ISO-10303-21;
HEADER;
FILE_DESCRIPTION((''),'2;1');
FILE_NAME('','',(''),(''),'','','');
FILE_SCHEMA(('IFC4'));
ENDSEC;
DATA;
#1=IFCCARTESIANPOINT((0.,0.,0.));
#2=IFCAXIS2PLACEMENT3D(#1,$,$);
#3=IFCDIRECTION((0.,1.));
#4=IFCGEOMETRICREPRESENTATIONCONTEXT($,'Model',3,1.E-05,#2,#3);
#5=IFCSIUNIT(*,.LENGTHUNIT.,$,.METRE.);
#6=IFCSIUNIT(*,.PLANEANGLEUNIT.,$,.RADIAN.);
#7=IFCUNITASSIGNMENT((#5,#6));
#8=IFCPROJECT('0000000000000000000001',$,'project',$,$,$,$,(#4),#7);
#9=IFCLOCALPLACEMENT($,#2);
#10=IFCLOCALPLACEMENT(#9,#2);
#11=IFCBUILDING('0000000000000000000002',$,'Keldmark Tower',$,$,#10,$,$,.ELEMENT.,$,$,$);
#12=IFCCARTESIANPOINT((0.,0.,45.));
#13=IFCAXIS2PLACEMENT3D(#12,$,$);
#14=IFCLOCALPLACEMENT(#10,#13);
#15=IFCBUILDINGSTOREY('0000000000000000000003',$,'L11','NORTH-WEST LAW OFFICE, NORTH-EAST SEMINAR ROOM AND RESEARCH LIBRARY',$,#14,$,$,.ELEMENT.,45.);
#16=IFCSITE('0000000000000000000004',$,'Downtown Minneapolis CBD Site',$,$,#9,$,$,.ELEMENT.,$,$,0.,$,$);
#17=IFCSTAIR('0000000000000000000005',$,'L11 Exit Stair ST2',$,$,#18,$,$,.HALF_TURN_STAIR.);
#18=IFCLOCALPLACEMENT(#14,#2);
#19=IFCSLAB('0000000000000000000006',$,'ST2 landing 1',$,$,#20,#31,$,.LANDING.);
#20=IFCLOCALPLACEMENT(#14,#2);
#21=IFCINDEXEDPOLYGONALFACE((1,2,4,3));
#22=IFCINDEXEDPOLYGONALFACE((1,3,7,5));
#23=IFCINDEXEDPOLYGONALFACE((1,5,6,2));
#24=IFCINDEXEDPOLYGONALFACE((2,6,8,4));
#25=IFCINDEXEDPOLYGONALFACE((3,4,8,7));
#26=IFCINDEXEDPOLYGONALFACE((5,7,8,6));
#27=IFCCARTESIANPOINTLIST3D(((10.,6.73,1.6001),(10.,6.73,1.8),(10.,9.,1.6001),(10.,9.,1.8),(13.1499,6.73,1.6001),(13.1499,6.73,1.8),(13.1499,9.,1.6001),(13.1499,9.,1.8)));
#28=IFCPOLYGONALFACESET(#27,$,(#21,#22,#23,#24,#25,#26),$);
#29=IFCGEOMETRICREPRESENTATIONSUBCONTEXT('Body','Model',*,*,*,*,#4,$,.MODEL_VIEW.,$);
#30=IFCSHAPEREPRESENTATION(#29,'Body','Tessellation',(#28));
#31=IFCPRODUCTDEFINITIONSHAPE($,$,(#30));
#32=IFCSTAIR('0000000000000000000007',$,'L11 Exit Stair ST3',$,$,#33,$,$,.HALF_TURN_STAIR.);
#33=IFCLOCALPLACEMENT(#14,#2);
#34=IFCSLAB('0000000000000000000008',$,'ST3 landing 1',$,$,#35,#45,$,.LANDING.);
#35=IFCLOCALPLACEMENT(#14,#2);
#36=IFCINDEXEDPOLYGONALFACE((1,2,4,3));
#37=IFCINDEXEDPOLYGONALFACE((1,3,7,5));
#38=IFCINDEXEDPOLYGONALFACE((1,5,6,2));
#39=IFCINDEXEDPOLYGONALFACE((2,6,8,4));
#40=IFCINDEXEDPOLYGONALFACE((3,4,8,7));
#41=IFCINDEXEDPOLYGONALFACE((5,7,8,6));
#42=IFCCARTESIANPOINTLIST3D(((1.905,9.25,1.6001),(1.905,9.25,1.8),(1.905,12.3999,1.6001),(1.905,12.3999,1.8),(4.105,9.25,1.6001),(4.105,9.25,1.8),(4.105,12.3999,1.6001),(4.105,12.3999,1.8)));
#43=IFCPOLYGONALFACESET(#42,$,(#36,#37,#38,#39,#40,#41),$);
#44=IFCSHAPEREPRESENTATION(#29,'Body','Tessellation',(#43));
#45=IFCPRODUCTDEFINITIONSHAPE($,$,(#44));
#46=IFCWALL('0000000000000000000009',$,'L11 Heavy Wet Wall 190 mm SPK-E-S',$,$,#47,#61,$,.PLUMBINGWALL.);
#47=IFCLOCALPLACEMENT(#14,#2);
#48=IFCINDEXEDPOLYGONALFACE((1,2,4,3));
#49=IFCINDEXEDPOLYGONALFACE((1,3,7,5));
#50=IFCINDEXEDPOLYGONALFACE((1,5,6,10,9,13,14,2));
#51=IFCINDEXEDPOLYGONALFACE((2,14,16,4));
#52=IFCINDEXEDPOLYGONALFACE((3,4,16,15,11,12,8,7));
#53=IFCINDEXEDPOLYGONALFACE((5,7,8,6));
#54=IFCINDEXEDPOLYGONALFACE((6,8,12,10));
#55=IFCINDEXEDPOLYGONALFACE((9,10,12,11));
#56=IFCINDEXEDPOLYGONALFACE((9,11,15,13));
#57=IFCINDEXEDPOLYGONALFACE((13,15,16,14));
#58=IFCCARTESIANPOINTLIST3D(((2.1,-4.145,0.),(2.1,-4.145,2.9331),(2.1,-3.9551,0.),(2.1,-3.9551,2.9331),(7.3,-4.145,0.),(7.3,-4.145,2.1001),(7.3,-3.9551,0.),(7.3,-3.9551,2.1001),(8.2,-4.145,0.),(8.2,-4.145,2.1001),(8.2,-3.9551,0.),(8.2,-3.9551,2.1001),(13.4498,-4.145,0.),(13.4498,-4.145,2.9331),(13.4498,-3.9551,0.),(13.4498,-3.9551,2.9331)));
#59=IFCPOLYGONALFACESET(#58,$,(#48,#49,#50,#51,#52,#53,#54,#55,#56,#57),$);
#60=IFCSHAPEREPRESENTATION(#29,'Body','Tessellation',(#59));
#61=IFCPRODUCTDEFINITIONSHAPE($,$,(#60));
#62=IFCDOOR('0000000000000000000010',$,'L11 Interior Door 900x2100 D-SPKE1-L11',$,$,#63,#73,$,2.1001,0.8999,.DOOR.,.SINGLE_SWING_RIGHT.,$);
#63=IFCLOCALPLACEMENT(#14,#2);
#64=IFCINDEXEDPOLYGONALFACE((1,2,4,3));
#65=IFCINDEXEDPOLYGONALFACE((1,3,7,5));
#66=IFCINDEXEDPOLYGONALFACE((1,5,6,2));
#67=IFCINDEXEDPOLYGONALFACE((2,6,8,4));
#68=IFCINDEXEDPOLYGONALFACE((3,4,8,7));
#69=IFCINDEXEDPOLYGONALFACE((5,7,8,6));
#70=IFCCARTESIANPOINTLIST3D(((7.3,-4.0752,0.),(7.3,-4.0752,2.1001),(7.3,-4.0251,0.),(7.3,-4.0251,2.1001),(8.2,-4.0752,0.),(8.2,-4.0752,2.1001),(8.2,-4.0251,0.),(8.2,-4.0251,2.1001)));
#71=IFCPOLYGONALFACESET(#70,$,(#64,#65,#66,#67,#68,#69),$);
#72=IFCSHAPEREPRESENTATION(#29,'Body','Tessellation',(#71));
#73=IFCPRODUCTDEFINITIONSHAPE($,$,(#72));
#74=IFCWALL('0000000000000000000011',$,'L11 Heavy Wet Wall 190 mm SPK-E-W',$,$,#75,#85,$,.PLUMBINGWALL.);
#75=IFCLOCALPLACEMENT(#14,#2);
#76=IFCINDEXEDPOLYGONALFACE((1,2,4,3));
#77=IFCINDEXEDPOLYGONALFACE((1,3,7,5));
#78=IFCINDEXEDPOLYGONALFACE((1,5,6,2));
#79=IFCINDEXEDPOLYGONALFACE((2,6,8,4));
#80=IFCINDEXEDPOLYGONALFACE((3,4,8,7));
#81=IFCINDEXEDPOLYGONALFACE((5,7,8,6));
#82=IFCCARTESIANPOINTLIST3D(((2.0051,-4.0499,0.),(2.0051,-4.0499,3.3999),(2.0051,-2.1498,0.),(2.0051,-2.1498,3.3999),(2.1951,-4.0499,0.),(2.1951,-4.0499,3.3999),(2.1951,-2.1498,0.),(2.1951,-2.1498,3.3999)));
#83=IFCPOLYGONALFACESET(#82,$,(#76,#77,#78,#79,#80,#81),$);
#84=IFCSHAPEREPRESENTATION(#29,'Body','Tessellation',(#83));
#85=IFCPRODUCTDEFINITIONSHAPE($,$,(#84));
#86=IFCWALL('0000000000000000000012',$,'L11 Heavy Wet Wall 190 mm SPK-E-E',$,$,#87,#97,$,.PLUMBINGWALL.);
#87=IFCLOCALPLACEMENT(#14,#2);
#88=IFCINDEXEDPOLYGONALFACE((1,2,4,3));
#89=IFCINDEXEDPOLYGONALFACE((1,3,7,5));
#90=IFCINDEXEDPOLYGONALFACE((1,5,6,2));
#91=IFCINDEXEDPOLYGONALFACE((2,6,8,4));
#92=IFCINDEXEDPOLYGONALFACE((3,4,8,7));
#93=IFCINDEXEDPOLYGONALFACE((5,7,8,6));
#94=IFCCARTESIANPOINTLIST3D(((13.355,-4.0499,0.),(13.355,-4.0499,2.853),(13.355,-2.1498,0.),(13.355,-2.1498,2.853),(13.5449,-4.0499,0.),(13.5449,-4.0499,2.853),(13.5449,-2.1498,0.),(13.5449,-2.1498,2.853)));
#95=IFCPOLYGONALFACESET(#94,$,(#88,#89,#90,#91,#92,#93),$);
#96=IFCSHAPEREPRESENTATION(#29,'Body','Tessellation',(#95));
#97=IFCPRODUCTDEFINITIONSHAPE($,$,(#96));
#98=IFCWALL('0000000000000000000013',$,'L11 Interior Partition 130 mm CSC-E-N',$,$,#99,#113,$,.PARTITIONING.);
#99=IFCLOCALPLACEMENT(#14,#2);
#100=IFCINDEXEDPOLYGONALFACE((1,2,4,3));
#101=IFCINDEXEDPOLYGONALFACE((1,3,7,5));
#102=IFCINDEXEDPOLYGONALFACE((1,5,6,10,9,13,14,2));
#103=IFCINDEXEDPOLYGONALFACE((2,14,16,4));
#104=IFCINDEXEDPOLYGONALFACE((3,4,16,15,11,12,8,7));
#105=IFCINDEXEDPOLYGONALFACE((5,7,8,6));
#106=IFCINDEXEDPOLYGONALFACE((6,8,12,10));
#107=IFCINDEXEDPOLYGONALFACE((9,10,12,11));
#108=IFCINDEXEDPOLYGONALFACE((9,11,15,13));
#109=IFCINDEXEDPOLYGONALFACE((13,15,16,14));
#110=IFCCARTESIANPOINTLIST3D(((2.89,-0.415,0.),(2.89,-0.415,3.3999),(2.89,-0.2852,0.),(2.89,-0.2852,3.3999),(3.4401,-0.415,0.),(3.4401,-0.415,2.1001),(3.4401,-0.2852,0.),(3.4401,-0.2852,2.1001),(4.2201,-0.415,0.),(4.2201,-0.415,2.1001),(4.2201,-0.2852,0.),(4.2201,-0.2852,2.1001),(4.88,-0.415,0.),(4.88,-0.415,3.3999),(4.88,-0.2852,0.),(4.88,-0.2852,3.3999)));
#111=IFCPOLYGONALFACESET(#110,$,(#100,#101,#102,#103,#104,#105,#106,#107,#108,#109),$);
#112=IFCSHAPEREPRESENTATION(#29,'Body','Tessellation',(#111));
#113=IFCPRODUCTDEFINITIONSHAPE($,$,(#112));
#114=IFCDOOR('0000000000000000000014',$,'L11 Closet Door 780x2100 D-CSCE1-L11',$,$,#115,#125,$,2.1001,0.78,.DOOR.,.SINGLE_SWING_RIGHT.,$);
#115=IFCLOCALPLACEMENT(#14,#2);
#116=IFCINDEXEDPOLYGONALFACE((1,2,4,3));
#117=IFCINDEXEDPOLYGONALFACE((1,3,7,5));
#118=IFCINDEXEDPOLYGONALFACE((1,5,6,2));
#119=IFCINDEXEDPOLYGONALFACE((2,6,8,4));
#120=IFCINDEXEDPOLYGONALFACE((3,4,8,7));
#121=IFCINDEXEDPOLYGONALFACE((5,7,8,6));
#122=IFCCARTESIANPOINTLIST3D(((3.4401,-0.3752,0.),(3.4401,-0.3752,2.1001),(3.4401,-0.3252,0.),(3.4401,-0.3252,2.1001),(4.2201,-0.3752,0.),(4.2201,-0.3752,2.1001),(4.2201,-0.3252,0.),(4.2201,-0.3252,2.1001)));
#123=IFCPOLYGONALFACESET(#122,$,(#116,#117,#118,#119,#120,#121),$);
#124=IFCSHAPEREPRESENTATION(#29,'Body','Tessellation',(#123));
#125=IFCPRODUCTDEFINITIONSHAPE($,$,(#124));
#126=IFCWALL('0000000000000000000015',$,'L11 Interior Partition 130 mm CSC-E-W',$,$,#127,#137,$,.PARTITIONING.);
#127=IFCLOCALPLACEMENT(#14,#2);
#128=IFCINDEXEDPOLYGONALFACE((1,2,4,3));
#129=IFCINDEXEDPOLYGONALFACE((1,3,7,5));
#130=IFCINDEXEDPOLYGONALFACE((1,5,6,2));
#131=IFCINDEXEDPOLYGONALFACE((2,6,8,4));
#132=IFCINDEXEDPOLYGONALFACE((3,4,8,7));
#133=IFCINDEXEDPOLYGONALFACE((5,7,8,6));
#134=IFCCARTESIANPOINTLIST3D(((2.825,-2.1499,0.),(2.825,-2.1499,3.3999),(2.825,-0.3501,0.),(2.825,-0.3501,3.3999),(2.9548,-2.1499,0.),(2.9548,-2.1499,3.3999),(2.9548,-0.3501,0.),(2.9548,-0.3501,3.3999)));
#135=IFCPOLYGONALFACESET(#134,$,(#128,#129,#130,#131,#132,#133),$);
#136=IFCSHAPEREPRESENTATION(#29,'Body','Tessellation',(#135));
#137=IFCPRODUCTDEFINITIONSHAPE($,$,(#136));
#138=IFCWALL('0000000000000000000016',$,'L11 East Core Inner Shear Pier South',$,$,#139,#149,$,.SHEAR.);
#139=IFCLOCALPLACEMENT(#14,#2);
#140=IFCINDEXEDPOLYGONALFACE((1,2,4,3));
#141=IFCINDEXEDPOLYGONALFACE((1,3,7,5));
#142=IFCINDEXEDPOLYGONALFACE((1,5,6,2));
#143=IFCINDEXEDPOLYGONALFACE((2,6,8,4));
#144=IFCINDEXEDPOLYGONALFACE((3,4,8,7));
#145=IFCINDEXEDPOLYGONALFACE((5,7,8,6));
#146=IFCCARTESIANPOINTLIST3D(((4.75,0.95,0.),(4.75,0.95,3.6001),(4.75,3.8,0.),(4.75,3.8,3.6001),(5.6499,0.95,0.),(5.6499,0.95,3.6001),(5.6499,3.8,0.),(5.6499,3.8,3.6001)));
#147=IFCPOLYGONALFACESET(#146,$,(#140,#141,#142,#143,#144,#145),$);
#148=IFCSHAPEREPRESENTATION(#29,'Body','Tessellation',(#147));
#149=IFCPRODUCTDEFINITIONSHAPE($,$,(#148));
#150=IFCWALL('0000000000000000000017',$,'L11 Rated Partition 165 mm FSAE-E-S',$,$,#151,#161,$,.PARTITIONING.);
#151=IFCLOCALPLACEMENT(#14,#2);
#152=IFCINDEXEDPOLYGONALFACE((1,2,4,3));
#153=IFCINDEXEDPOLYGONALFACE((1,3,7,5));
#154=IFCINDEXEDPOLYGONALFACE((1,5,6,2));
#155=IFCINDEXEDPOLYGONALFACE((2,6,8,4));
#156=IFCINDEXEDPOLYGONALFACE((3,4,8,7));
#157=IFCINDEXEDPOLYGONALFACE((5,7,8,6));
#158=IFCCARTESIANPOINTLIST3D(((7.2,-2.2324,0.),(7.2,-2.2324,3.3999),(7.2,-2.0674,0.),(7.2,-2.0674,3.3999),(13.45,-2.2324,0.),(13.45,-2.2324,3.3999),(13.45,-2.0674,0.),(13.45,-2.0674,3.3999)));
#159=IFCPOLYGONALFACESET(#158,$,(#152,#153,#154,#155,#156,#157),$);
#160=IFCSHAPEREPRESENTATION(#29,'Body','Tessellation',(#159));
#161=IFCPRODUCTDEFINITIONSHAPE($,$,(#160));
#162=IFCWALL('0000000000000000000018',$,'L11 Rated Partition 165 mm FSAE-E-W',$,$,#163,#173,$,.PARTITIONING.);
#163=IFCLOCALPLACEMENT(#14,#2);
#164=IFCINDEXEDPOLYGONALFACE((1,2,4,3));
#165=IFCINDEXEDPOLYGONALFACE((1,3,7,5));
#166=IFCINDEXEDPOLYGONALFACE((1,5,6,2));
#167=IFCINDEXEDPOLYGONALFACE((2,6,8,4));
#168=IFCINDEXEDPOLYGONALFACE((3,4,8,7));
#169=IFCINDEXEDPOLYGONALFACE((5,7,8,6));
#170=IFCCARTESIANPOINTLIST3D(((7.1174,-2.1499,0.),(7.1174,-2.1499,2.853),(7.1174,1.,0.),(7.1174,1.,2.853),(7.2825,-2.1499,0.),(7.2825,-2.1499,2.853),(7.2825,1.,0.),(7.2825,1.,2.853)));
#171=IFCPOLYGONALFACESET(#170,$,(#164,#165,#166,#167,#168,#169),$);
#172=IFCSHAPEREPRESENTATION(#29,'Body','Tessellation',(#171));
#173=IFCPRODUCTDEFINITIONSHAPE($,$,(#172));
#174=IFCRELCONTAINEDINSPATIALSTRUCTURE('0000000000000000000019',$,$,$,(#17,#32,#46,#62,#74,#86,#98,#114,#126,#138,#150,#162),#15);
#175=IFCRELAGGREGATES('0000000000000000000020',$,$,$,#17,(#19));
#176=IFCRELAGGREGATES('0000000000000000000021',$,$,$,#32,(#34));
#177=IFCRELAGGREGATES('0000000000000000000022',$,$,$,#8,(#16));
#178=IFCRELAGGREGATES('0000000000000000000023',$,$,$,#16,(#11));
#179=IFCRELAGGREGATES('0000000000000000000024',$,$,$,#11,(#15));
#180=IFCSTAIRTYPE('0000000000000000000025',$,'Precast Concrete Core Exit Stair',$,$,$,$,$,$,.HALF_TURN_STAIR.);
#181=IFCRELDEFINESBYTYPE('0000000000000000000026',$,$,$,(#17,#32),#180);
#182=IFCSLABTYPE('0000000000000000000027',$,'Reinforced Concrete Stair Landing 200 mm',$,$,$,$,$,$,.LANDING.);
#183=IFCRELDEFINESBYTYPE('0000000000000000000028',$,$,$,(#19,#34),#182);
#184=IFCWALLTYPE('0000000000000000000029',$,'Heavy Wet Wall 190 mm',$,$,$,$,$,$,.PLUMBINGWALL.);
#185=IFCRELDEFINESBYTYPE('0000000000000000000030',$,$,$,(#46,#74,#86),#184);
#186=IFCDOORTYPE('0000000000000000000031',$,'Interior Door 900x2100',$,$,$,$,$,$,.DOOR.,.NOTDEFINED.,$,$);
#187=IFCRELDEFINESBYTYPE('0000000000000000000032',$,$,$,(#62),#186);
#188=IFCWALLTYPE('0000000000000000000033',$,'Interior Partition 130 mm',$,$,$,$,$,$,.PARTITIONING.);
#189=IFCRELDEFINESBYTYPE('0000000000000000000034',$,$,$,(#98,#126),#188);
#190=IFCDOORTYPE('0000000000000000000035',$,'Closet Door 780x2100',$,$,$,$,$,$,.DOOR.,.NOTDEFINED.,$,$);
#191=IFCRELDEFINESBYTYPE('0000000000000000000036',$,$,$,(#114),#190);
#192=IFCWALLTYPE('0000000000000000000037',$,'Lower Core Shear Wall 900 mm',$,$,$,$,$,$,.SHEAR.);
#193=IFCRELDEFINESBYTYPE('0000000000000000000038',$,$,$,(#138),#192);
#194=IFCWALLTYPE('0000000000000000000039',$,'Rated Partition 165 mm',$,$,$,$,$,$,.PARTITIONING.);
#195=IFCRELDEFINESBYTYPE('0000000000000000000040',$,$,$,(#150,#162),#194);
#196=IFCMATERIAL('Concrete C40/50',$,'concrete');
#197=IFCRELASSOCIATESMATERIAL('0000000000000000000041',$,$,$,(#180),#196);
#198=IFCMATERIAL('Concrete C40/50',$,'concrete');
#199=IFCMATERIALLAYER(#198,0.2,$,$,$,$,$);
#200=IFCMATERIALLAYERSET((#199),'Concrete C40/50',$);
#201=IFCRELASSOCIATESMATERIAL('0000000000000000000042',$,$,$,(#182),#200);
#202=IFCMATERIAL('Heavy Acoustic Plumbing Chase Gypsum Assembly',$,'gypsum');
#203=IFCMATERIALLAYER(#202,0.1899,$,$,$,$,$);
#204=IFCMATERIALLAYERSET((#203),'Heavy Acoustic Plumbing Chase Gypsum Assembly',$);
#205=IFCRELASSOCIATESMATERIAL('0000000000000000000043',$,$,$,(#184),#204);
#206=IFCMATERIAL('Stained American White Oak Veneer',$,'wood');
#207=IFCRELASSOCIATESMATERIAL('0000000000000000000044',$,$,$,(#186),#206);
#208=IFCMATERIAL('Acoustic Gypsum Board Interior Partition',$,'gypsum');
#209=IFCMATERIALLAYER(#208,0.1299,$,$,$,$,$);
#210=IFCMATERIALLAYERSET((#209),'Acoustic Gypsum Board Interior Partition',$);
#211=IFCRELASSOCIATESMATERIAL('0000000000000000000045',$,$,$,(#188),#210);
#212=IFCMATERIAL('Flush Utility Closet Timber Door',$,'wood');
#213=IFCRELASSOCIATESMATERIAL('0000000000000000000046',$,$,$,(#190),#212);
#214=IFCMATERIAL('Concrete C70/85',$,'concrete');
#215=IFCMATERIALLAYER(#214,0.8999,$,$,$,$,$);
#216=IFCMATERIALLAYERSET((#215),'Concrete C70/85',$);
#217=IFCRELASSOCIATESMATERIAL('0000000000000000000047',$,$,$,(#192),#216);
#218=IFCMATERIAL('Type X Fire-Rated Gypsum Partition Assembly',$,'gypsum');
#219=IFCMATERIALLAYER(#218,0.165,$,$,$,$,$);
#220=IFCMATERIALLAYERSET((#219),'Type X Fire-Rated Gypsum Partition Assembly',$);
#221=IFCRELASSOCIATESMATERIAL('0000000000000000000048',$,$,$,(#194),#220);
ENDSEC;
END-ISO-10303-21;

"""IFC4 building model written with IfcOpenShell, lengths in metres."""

from ifc_helpers import new_model, si_unit, direction, frame, frame_2d, origin, place, context, subcontext, project, spatial, polyline, rectangle, outline, extrude, material, layer, layer_set, type_object, element, fill, aggregate, save


model = new_model("IFC4")

# Units and contexts
model_context = context("Model", 3, precision=1e-05, world=origin(), true_north=direction((0.0, 1.0)))
body_context = subcontext(model_context, "Body", "Model", "MODEL_VIEW")
ifc_project = project(units=[si_unit("LENGTHUNIT", "METRE"), si_unit("PLANEANGLEUNIT", "RADIAN")], contexts=[model_context])

# Site, building, storey
site_placement = place(None, origin())
site = spatial("IfcSite", under=ifc_project, at=site_placement, Name="Downtown Minneapolis CBD Site", CompositionType="ELEMENT", RefElevation=0.0)
building_placement = place(site_placement, origin())
building = spatial("IfcBuilding", under=site, at=building_placement, Name="Keldmark Tower", CompositionType="ELEMENT")
storey_placement = place(building_placement, frame((0.0, 0.0, 45.0)))
storey = spatial("IfcBuildingStorey", under=building, at=storey_placement, Name="L11", Description="NORTH-WEST LAW OFFICE, NORTH-EAST SEMINAR ROOM AND RESEARCH LIBRARY", CompositionType="ELEMENT", Elevation=45.0)

# Stairs, slabs
ifc_material_1 = material(Name="Concrete C40/50", Category="concrete")
stair_type = type_object("IfcStairType", Name="Precast Concrete Core Exit Stair", PredefinedType="HALF_TURN_STAIR", material=ifc_material_1)
ifc_material_2 = material(Name="Concrete C40/50", Category="concrete")
ifc_layer_1 = layer(ifc_material_2, 0.2)
ifc_layer_set_1 = layer_set([ifc_layer_1], Name="Concrete C40/50")
slab_type_1 = type_object("IfcSlabType", Name="Reinforced Concrete Stair Landing 200 mm", PredefinedType="LANDING", material=ifc_layer_set_1)
stair_1_placement = place(storey_placement, origin())
stair_1 = element("IfcStair", 1, at=stair_1_placement, inside=storey, type_object=stair_type, Name="L11 Exit Stair ST2", PredefinedType="HALF_TURN_STAIR")
slab_1_placement = place(storey_placement, frame((0.0, 0.0, 1.6001)))
slab_1 = element("IfcSlab", 2, at=slab_1_placement, type_object=slab_type_1, Name="ST2 landing 1", PredefinedType="LANDING", context=body_context, shape_type="SweptSolid", body=[
    extrude(outline(polyline([(13.1499, 6.73), (13.1499, 9.0), (10.0, 9.0), (10.0, 6.73), (13.1499, 6.73)])), origin(), (0.0, 0.0, 1.0), 0.2),
])
aggregate(stair_1, [slab_1])
stair_2_placement = place(storey_placement, origin())
stair_2 = element("IfcStair", 3, at=stair_2_placement, inside=storey, type_object=stair_type, Name="L11 Exit Stair ST3", PredefinedType="HALF_TURN_STAIR")
slab_2_placement = place(storey_placement, frame((0.0, 0.0, 1.6001)))
slab_2 = element("IfcSlab", 4, at=slab_2_placement, type_object=slab_type_1, Name="ST3 landing 1", PredefinedType="LANDING", context=body_context, shape_type="SweptSolid", body=[
    extrude(outline(polyline([(1.905, 9.25), (4.105, 9.25), (4.105, 12.3999), (1.905, 12.3999), (1.905, 9.25)])), origin(), (0.0, 0.0, 1.0), 0.2),
])
aggregate(stair_2, [slab_2])

# Wall, opening, door
ifc_material_3 = material(Name="Heavy Acoustic Plumbing Chase Gypsum Assembly", Category="gypsum")
ifc_layer_2 = layer(ifc_material_3, 0.1899)
ifc_layer_set_2 = layer_set([ifc_layer_2], Name="Heavy Acoustic Plumbing Chase Gypsum Assembly")
wall_type_1 = type_object("IfcWallType", Name="Heavy Wet Wall 190 mm", PredefinedType="PLUMBINGWALL", material=ifc_layer_set_2)
wall_1_placement = place(storey_placement, frame((2.1001, -4.05, 0.0), z_axis=(0.0, 0.0, 1.0), x_axis=(1.0, 0.0, 0.0)))
wall_1 = element("IfcWall", 5, at=wall_1_placement, inside=storey, type_object=wall_type_1, Name="L11 Heavy Wet Wall 190 mm SPK-E-S", PredefinedType="PLUMBINGWALL", context=body_context, shape_type="SweptSolid", body=[
    extrude(rectangle(XDim=11.3499, YDim=0.1899, at=frame_2d((5.6748, 0.0))), origin(), (0.0, 0.0, 1.0), 2.9331),
])
opening_1_placement = place(wall_1_placement, frame((5.2, 0.0, 0.0)))
opening_1 = element("IfcOpeningElement", 6, at=opening_1_placement, cuts=wall_1, PredefinedType="OPENING", context=body_context, shape_type="SweptSolid", body=[
    extrude(rectangle(XDim=0.8999, YDim=2.1001, at=frame_2d((0.45, 1.05))), frame((0.0, 0.105, 0.0), z_axis=(0.0, -1.0, 0.0), x_axis=(1.0, 0.0, 0.0)), (0.0, 0.0, 1.0), 0.21),
])
ifc_material_4 = material(Name="Stained American White Oak Veneer", Category="wood")
door_type_1 = type_object("IfcDoorType", Name="Interior Door 900x2100", OperationType="NOTDEFINED", PredefinedType="DOOR", material=ifc_material_4)
door_1_placement = place(opening_1_placement, origin())
door_1 = element("IfcDoor", 7, at=door_1_placement, inside=storey, type_object=door_type_1, Name="L11 Interior Door 900x2100 D-SPKE1-L11", OperationType="SINGLE_SWING_RIGHT", OverallHeight=2.1001, OverallWidth=0.8999, PredefinedType="DOOR", context=body_context, shape_type="SweptSolid", body=[
    extrude(rectangle(XDim=0.8999, YDim=2.1001, at=frame_2d((0.45, 1.05))), frame((0.0, 0.0249, 0.0), z_axis=(0.0, -1.0, 0.0), x_axis=(1.0, 0.0, 0.0)), (0.0, 0.0, 1.0), 0.05),
])
fill(opening_1, door_1)

# Walls
wall_2_placement = place(storey_placement, frame((2.1001, -4.05, 0.0), z_axis=(0.0, 0.0, 1.0), x_axis=(0.0, 1.0, 0.0)))
element("IfcWall", 8, at=wall_2_placement, inside=storey, type_object=wall_type_1, Name="L11 Heavy Wet Wall 190 mm SPK-E-W", PredefinedType="PLUMBINGWALL", context=body_context, shape_type="SweptSolid", body=[
    extrude(rectangle(XDim=1.9001, YDim=0.1899, at=frame_2d((0.9502, 0.0))), origin(), (0.0, 0.0, 1.0), 3.3999),
])
wall_3_placement = place(storey_placement, frame((13.45, -4.05, 0.0), z_axis=(0.0, 0.0, 1.0), x_axis=(0.0, 1.0, 0.0)))
element("IfcWall", 9, at=wall_3_placement, inside=storey, type_object=wall_type_1, Name="L11 Heavy Wet Wall 190 mm SPK-E-E", PredefinedType="PLUMBINGWALL", context=body_context, shape_type="SweptSolid", body=[
    extrude(rectangle(XDim=1.9001, YDim=0.1899, at=frame_2d((0.9502, 0.0))), origin(), (0.0, 0.0, 1.0), 2.853),
])

# Wall, opening, door
ifc_material_5 = material(Name="Acoustic Gypsum Board Interior Partition", Category="gypsum")
ifc_layer_3 = layer(ifc_material_5, 0.1299)
ifc_layer_set_3 = layer_set([ifc_layer_3], Name="Acoustic Gypsum Board Interior Partition")
wall_type_2 = type_object("IfcWallType", Name="Interior Partition 130 mm", PredefinedType="PARTITIONING", material=ifc_layer_set_3)
wall_4_placement = place(storey_placement, frame((2.8899, -0.3501, 0.0), z_axis=(0.0, 0.0, 1.0), x_axis=(1.0, 0.0, 0.0)))
wall_4 = element("IfcWall", 10, at=wall_4_placement, inside=storey, type_object=wall_type_2, Name="L11 Interior Partition 130 mm CSC-E-N", PredefinedType="PARTITIONING", context=body_context, shape_type="SweptSolid", body=[
    extrude(rectangle(XDim=1.99, YDim=0.1299, at=frame_2d((0.9951, 0.0))), origin(), (0.0, 0.0, 1.0), 3.3999),
])
opening_2_placement = place(wall_4_placement, frame((0.55, 0.0, 0.0)))
opening_2 = element("IfcOpeningElement", 11, at=opening_2_placement, cuts=wall_4, PredefinedType="OPENING", context=body_context, shape_type="SweptSolid", body=[
    extrude(rectangle(XDim=0.78, YDim=2.1001, at=frame_2d((0.3901, 1.05))), frame((0.0, 0.075, 0.0), z_axis=(0.0, -1.0, 0.0), x_axis=(1.0, 0.0, 0.0)), (0.0, 0.0, 1.0), 0.1499),
])
ifc_material_6 = material(Name="Flush Utility Closet Timber Door", Category="wood")
door_type_2 = type_object("IfcDoorType", Name="Closet Door 780x2100", OperationType="NOTDEFINED", PredefinedType="DOOR", material=ifc_material_6)
door_2_placement = place(opening_2_placement, origin())
door_2 = element("IfcDoor", 12, at=door_2_placement, inside=storey, type_object=door_type_2, Name="L11 Closet Door 780x2100 D-CSCE1-L11", OperationType="SINGLE_SWING_RIGHT", OverallHeight=2.1001, OverallWidth=0.78, PredefinedType="DOOR", context=body_context, shape_type="SweptSolid", body=[
    extrude(rectangle(XDim=0.78, YDim=2.1001, at=frame_2d((0.3901, 1.05))), frame((0.0, 0.0249, 0.0), z_axis=(0.0, -1.0, 0.0), x_axis=(1.0, 0.0, 0.0)), (0.0, 0.0, 1.0), 0.05),
])
fill(opening_2, door_2)

# Walls
wall_5_placement = place(storey_placement, frame((2.8899, -2.1499, 0.0), z_axis=(0.0, 0.0, 1.0), x_axis=(0.0, 1.0, 0.0)))
element("IfcWall", 13, at=wall_5_placement, inside=storey, type_object=wall_type_2, Name="L11 Interior Partition 130 mm CSC-E-W", PredefinedType="PARTITIONING", context=body_context, shape_type="SweptSolid", body=[
    extrude(rectangle(XDim=1.7998, YDim=0.1299, at=frame_2d((0.8999, 0.0))), origin(), (0.0, 0.0, 1.0), 3.3999),
])
ifc_material_7 = material(Name="Concrete C70/85", Category="concrete")
ifc_layer_4 = layer(ifc_material_7, 0.8999)
ifc_layer_set_4 = layer_set([ifc_layer_4], Name="Concrete C70/85")
wall_type_3 = type_object("IfcWallType", Name="Lower Core Shear Wall 900 mm", PredefinedType="SHEAR", material=ifc_layer_set_4)
wall_6_placement = place(storey_placement, frame((5.2, 0.95, 0.0), z_axis=(0.0, 0.0, 1.0), x_axis=(0.0, 1.0, 0.0)))
element("IfcWall", 14, at=wall_6_placement, inside=storey, type_object=wall_type_3, Name="L11 East Core Inner Shear Pier South", PredefinedType="SHEAR", context=body_context, shape_type="SweptSolid", body=[
    extrude(rectangle(XDim=2.8501, YDim=0.8999, at=frame_2d((1.425, 0.0))), origin(), (0.0, 0.0, 1.0), 3.6001),
])
ifc_material_8 = material(Name="Type X Fire-Rated Gypsum Partition Assembly", Category="gypsum")
ifc_layer_5 = layer(ifc_material_8, 0.165)
ifc_layer_set_5 = layer_set([ifc_layer_5], Name="Type X Fire-Rated Gypsum Partition Assembly")
wall_type_4 = type_object("IfcWallType", Name="Rated Partition 165 mm", PredefinedType="PARTITIONING", material=ifc_layer_set_5)
wall_7_placement = place(storey_placement, frame((7.2, -2.1499, 0.0), z_axis=(0.0, 0.0, 1.0), x_axis=(1.0, 0.0, 0.0)))
element("IfcWall", 15, at=wall_7_placement, inside=storey, type_object=wall_type_4, Name="L11 Rated Partition 165 mm FSAE-E-S", PredefinedType="PARTITIONING", context=body_context, shape_type="SweptSolid", body=[
    extrude(rectangle(XDim=6.25, YDim=0.165, at=frame_2d((3.125, 0.0))), origin(), (0.0, 0.0, 1.0), 3.3999),
])
wall_8_placement = place(storey_placement, frame((7.2, -2.1499, 0.0), z_axis=(0.0, 0.0, 1.0), x_axis=(0.0, 1.0, 0.0)))
element("IfcWall", 16, at=wall_8_placement, inside=storey, type_object=wall_type_4, Name="L11 Rated Partition 165 mm FSAE-E-W", PredefinedType="PARTITIONING", context=body_context, shape_type="SweptSolid", body=[
    extrude(rectangle(XDim=3.1499, YDim=0.165, at=frame_2d((1.575, 0.0))), origin(), (0.0, 0.0, 1.0), 2.853),
])

save(model, "model.ifc")
